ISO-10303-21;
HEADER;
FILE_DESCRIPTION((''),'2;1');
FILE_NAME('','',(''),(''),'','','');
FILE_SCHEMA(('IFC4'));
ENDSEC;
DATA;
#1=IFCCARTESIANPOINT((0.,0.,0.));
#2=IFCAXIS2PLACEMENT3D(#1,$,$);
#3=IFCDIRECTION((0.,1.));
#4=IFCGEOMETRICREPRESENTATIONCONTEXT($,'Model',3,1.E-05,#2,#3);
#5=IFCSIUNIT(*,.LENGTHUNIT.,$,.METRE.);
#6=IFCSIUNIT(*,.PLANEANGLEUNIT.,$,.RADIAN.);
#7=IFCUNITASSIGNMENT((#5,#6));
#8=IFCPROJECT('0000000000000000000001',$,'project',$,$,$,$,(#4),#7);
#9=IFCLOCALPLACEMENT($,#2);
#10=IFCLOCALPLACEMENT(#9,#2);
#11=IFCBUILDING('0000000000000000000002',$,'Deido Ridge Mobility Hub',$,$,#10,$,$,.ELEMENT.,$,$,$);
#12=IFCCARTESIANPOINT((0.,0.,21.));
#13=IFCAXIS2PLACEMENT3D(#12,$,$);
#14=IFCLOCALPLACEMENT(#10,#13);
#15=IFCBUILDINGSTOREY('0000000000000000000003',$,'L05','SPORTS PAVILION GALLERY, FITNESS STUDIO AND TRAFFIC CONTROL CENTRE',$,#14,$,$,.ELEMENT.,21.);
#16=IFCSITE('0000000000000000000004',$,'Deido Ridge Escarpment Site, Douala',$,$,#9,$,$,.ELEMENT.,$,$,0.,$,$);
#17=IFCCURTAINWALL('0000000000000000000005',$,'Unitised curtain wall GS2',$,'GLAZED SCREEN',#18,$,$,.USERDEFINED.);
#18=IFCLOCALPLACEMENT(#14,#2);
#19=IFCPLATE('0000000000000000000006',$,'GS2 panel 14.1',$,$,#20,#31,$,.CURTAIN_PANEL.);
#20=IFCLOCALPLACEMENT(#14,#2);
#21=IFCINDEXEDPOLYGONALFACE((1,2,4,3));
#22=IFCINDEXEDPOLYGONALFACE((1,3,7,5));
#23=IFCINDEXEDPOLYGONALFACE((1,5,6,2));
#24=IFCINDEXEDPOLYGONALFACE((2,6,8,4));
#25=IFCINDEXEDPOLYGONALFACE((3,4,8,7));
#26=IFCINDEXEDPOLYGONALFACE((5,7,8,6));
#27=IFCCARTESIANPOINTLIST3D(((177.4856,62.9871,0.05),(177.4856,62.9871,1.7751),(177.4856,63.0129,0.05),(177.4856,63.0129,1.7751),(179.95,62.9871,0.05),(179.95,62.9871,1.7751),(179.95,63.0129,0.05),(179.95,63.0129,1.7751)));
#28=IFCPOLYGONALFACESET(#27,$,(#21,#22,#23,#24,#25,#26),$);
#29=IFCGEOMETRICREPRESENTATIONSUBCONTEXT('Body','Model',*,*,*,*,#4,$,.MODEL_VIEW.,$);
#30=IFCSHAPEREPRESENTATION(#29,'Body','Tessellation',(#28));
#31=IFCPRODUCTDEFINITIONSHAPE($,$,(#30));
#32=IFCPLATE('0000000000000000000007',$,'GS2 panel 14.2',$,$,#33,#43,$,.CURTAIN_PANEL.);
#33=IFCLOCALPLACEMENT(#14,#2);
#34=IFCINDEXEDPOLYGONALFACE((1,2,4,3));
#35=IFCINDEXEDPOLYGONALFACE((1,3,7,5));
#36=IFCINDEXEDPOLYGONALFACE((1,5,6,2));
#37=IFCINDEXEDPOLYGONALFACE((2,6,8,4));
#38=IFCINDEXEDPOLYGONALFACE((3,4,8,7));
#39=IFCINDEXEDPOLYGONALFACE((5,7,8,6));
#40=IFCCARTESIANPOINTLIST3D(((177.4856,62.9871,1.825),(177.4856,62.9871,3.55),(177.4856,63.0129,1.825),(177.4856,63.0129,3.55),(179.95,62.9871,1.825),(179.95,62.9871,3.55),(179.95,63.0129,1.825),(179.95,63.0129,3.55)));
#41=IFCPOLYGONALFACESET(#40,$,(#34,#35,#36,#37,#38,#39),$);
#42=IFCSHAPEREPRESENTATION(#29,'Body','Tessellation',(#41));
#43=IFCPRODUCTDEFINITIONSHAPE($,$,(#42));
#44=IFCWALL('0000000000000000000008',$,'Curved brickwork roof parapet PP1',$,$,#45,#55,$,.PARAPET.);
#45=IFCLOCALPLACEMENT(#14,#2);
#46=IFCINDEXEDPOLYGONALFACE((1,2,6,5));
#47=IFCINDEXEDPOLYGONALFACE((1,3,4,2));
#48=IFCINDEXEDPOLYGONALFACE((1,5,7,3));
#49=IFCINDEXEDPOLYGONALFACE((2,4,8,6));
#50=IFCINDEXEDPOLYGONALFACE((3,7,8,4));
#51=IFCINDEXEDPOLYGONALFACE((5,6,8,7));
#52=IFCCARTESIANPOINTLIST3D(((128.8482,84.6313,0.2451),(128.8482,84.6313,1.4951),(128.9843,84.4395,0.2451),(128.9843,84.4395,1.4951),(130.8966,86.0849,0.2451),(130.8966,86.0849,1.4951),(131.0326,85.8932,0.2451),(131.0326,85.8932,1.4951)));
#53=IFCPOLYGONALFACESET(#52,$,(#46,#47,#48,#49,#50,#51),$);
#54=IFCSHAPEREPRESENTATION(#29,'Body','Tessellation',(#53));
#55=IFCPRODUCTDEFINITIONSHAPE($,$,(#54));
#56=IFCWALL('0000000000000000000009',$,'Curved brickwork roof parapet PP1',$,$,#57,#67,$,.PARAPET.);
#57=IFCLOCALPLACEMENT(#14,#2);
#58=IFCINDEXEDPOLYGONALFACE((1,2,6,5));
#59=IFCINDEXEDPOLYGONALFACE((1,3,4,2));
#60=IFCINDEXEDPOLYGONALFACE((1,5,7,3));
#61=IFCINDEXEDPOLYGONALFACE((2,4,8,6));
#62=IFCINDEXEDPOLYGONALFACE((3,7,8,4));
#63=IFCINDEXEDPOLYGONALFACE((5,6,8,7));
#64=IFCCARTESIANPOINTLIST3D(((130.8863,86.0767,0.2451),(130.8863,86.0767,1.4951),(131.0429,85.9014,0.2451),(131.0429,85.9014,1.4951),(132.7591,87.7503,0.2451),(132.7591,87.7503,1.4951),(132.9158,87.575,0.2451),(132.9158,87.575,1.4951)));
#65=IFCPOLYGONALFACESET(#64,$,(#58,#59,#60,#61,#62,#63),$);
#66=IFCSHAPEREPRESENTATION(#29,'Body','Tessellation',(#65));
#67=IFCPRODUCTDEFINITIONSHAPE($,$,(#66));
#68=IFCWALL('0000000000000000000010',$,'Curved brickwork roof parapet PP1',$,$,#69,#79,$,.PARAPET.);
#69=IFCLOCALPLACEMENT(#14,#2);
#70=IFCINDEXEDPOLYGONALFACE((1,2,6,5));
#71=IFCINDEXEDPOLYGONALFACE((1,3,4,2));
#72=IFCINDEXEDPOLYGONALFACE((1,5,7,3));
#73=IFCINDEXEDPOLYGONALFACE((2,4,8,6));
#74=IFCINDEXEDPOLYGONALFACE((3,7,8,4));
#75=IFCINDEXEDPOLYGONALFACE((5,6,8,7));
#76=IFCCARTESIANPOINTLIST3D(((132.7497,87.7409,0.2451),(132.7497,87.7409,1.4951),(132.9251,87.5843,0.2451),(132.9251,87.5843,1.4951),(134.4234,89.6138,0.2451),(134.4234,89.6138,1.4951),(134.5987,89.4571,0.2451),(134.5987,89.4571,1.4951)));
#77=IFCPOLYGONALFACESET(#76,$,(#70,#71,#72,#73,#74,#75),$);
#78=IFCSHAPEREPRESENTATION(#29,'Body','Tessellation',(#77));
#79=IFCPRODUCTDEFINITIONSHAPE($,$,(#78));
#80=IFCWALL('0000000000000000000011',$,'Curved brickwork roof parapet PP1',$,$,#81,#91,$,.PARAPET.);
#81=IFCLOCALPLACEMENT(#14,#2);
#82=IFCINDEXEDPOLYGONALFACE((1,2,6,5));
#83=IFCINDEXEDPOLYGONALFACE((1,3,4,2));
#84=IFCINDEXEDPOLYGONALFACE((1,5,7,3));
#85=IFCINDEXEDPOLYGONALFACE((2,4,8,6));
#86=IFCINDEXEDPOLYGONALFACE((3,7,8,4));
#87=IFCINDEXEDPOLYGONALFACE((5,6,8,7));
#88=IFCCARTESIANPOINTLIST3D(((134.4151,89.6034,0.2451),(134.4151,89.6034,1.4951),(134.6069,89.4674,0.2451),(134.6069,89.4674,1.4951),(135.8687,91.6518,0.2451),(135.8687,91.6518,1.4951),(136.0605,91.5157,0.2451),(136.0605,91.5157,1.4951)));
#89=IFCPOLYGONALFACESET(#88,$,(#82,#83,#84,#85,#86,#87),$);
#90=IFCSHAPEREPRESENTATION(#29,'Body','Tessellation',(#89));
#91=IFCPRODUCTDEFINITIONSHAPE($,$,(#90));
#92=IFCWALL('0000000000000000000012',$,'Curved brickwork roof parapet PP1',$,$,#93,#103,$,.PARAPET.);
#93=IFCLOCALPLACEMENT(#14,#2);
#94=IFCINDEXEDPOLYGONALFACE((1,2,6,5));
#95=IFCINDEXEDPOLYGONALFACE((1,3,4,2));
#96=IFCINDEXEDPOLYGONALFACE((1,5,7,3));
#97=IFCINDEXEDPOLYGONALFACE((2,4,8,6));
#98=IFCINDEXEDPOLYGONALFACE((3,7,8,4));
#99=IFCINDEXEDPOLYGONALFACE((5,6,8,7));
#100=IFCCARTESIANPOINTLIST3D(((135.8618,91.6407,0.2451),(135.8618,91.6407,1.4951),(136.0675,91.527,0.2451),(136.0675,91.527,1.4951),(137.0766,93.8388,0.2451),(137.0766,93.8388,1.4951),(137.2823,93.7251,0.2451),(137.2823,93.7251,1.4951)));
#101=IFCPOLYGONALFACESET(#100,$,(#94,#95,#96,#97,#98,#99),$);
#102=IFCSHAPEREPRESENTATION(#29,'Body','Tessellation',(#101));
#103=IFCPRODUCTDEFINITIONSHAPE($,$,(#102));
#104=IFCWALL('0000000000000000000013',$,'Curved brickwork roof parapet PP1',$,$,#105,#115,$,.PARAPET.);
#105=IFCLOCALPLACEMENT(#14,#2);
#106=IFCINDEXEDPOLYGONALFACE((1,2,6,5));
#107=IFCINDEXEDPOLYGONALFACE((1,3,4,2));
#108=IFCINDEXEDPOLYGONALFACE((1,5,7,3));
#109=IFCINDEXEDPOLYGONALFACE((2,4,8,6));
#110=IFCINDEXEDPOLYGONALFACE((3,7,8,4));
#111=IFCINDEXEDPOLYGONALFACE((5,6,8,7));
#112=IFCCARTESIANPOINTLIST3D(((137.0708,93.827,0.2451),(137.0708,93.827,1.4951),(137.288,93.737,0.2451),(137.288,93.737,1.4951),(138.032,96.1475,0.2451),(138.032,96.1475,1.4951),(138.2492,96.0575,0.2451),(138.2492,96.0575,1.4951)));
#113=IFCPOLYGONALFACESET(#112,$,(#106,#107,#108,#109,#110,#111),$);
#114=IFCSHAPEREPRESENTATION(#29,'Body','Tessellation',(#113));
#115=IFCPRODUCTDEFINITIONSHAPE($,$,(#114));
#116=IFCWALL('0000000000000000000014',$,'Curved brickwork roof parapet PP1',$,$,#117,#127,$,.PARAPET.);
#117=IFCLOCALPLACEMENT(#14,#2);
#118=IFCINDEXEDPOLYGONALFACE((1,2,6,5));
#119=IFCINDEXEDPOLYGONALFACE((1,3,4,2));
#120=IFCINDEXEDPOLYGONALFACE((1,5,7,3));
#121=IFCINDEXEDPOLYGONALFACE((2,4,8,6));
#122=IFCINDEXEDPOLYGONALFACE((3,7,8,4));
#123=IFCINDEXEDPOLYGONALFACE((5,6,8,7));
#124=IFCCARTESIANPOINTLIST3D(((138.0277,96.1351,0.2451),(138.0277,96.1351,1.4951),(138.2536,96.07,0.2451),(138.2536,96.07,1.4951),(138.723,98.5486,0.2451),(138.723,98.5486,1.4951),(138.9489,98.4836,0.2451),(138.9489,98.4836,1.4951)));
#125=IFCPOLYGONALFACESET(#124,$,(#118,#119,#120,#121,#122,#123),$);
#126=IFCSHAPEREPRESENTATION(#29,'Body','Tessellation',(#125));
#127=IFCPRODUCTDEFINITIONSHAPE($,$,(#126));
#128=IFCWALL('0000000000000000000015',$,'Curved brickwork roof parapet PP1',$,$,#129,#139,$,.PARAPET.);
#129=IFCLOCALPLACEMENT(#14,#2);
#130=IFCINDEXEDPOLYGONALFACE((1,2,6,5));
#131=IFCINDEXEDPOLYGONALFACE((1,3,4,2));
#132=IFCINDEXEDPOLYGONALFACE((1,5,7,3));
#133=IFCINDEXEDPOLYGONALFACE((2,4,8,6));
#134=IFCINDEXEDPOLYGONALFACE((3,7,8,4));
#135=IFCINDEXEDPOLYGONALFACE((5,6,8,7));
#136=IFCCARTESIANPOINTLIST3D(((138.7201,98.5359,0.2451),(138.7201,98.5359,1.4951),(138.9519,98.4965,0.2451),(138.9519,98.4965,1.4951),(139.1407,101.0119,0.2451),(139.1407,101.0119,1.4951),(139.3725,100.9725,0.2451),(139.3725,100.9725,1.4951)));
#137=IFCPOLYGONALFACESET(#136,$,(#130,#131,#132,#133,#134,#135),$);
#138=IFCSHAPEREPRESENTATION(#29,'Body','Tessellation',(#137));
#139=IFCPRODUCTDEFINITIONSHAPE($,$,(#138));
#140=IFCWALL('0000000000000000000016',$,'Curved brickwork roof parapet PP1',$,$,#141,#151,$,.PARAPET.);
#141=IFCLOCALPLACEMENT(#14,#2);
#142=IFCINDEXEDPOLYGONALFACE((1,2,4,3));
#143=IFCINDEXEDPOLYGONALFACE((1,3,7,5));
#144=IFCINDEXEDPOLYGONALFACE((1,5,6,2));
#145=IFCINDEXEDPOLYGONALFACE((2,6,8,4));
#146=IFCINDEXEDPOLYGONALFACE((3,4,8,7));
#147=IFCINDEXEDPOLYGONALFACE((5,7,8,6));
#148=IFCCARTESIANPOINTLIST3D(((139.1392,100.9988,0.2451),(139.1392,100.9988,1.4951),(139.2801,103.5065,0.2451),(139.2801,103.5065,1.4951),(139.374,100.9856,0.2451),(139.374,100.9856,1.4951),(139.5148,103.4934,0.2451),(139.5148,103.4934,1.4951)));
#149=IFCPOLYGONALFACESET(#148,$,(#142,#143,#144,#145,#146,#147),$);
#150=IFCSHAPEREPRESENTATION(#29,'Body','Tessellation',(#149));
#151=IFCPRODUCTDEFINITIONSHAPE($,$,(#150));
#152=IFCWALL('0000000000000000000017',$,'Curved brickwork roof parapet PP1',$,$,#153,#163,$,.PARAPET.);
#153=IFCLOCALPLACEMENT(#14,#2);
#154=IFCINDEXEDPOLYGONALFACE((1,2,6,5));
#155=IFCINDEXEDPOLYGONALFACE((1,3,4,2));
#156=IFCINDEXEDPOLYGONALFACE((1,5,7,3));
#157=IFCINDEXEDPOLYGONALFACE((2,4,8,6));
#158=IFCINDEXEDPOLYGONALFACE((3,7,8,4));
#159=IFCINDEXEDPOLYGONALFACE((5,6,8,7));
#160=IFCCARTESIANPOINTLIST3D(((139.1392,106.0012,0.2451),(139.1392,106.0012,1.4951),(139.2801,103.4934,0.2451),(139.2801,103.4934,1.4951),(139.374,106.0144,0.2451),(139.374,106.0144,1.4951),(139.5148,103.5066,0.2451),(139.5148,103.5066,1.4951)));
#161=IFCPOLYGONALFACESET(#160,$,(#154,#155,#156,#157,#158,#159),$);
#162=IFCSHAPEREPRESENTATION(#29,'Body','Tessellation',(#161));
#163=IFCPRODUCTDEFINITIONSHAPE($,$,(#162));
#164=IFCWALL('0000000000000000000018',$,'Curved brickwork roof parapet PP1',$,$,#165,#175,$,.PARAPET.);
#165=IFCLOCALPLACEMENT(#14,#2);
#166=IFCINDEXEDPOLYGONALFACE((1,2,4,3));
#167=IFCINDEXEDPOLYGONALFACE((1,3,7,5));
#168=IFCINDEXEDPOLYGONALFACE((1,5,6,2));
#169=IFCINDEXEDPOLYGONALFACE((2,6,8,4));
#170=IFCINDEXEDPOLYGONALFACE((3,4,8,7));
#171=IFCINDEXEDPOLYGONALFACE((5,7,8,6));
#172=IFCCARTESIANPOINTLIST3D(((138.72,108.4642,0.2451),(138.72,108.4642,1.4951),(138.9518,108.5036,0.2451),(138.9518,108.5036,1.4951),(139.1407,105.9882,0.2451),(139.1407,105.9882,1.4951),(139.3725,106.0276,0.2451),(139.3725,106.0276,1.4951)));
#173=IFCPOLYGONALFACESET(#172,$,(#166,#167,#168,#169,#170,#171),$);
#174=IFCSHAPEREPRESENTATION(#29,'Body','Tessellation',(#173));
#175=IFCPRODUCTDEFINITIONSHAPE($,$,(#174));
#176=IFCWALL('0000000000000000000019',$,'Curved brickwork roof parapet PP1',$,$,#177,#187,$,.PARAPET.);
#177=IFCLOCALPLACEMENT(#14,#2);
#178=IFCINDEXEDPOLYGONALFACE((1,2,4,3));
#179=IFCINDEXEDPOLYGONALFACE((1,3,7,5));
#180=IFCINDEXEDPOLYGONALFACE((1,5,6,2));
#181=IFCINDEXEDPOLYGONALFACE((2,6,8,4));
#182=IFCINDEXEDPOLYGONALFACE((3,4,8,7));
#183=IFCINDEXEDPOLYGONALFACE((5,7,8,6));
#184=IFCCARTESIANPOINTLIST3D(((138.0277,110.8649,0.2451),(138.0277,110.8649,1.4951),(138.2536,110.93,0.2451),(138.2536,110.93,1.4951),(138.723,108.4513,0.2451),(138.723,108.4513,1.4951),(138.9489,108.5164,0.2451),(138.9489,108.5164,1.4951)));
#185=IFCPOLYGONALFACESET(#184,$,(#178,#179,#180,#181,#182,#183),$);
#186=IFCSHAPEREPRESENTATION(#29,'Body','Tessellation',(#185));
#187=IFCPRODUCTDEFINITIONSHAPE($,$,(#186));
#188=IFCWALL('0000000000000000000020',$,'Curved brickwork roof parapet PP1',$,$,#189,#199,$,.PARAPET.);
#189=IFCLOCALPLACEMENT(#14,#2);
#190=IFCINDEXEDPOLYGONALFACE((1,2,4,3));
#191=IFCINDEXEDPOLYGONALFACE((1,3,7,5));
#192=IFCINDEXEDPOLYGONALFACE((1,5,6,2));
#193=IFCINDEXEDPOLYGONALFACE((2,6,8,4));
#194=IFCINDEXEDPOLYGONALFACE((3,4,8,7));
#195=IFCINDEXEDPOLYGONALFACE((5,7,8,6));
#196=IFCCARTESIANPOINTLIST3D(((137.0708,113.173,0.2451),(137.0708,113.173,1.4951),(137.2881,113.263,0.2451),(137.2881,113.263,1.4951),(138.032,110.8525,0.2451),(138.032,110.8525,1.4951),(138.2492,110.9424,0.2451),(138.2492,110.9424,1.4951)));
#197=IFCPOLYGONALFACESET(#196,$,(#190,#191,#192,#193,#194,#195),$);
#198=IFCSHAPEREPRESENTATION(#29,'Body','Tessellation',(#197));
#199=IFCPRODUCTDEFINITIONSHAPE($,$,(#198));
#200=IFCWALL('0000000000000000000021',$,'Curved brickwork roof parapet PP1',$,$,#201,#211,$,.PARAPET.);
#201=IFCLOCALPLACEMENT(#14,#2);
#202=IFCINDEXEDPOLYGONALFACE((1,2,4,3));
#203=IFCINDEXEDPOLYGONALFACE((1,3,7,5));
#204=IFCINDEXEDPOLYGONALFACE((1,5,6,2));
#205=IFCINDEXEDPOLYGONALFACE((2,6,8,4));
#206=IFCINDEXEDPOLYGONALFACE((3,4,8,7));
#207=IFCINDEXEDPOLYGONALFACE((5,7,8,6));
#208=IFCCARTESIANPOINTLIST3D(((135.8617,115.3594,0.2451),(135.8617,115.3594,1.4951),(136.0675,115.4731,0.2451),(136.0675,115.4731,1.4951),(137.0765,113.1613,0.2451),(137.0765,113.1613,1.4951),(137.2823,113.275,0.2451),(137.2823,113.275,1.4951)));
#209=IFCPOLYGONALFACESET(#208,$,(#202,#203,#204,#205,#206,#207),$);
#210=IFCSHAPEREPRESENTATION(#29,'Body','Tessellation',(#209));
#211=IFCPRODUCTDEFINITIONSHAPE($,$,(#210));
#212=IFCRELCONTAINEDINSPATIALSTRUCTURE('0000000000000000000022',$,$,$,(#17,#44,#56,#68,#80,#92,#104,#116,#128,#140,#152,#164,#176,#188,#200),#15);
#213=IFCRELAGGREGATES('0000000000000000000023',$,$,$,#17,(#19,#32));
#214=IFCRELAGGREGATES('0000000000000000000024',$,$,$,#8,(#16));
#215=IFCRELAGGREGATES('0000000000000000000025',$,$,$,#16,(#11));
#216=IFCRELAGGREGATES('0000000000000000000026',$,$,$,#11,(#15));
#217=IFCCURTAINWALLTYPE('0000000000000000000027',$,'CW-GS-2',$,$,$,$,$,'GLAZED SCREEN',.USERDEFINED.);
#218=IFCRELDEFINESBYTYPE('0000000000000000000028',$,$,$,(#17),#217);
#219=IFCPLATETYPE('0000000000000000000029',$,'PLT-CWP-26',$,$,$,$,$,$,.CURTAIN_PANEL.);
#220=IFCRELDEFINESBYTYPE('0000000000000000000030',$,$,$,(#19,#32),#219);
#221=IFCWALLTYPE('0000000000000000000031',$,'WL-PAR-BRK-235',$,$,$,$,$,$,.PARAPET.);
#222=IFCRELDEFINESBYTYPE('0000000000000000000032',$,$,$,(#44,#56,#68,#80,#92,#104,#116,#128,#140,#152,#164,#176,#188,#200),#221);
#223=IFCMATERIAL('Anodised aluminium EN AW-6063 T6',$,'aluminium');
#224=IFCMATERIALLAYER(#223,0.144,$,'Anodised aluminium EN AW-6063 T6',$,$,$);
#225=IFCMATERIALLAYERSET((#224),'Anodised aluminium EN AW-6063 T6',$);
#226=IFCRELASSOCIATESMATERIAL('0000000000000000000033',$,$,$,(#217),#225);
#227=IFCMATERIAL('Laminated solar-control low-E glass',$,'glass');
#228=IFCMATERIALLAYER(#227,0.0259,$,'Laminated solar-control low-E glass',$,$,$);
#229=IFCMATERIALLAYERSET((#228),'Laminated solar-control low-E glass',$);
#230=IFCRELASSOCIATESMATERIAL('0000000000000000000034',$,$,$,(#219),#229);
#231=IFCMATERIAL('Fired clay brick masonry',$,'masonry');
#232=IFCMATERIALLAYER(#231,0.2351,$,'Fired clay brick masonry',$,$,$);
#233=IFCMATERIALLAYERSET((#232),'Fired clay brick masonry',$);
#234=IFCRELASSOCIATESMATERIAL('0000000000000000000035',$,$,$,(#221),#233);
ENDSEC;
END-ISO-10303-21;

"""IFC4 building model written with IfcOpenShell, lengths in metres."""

from ifc_helpers import new_model, si_unit, direction, frame, frame_2d, origin, origin_2d, place, context, subcontext, project, spatial, rectangle, extrude, material, layer, layer_set, type_object, element, aggregate, save


model = new_model("IFC4")

# Units and contexts
model_context = context("Model", 3, precision=1e-05, world=origin(), true_north=direction((0.0, 1.0)))
body_context = subcontext(model_context, "Body", "Model", "MODEL_VIEW")
ifc_project = project(units=[si_unit("LENGTHUNIT", "METRE"), si_unit("PLANEANGLEUNIT", "RADIAN")], contexts=[model_context])

# Site, building, storey
site_placement = place(None, origin())
site = spatial("IfcSite", under=ifc_project, at=site_placement, Name="Deido Ridge Escarpment Site, Douala", CompositionType="ELEMENT", RefElevation=0.0)
building_placement = place(site_placement, origin())
building = spatial("IfcBuilding", under=site, at=building_placement, Name="Deido Ridge Mobility Hub", CompositionType="ELEMENT")
storey_placement = place(building_placement, frame((0.0, 0.0, 21.0)))
storey = spatial("IfcBuildingStorey", under=building, at=storey_placement, Name="L05", Description="SPORTS PAVILION GALLERY, FITNESS STUDIO AND TRAFFIC CONTROL CENTRE", CompositionType="ELEMENT", Elevation=21.0)

# Curtain wall, plates
ifc_material_1 = material(Name="Anodised aluminium EN AW-6063 T6", Category="aluminium")
ifc_layer_1 = layer(ifc_material_1, 0.144, Name="Anodised aluminium EN AW-6063 T6")
ifc_layer_set_1 = layer_set([ifc_layer_1], Name="Anodised aluminium EN AW-6063 T6")
curtain_wall_type = type_object("IfcCurtainWallType", Name="CW-GS-2", ElementType="GLAZED SCREEN", PredefinedType="USERDEFINED", material=ifc_layer_set_1)
curtain_wall_placement = place(storey_placement, origin())
curtain_wall = element("IfcCurtainWall", 1, at=curtain_wall_placement, inside=storey, type_object=curtain_wall_type, Name="Unitised curtain wall GS2", ObjectType="GLAZED SCREEN", PredefinedType="USERDEFINED")
ifc_material_2 = material(Name="Laminated solar-control low-E glass", Category="glass")
ifc_layer_2 = layer(ifc_material_2, 0.0259, Name="Laminated solar-control low-E glass")
ifc_layer_set_2 = layer_set([ifc_layer_2], Name="Laminated solar-control low-E glass")
plate_type = type_object("IfcPlateType", Name="PLT-CWP-26", PredefinedType="CURTAIN_PANEL", material=ifc_layer_set_2)
plate_1_placement = place(storey_placement, frame((178.7178, 63.0, 0.05), z_axis=(0.0, 0.0, 1.0), x_axis=(1.0, 0.0, 0.0)))
plate_1 = element("IfcPlate", 2, at=plate_1_placement, type_object=plate_type, Name="GS2 panel 14.1", PredefinedType="CURTAIN_PANEL", context=body_context, shape_type="SweptSolid", body=[
    extrude(rectangle(XDim=2.4644, YDim=0.0259, at=origin_2d()), origin(), (0.0, 0.0, 1.0), 1.7251),
])
plate_2_placement = place(storey_placement, frame((178.7178, 63.0, 1.825), z_axis=(0.0, 0.0, 1.0), x_axis=(1.0, 0.0, 0.0)))
plate_2 = element("IfcPlate", 3, at=plate_2_placement, type_object=plate_type, Name="GS2 panel 14.2", PredefinedType="CURTAIN_PANEL", context=body_context, shape_type="SweptSolid", body=[
    extrude(rectangle(XDim=2.4644, YDim=0.0259, at=origin_2d()), origin(), (0.0, 0.0, 1.0), 1.7251),
])
aggregate(curtain_wall, [plate_1, plate_2])

# Walls
ifc_material_3 = material(Name="Fired clay brick masonry", Category="masonry")
ifc_layer_3 = layer(ifc_material_3, 0.2351, Name="Fired clay brick masonry")
ifc_layer_set_3 = layer_set([ifc_layer_3], Name="Fired clay brick masonry")
wall_type = type_object("IfcWallType", Name="WL-PAR-BRK-235", PredefinedType="PARAPET", material=ifc_layer_set_3)
for number, where, z_axis, x_axis, name in (
    (4, (128.9163, 84.5354, 0.2451), (0.0, 0.0, 1.0), (0.815516, 0.578734, 0.0), "Curved brickwork roof parapet PP1"),
    (5, (130.9646, 85.989, 0.2451), (0.0, 0.0, 1.0), (0.745653, 0.666334, 0.0), "Curved brickwork roof parapet PP1"),
    (6, (132.8374, 87.6626, 0.2451), (0.0, 0.0, 1.0), (0.666334, 0.745653, 0.0), "Curved brickwork roof parapet PP1"),
    (7, (134.511, 89.5354, 0.2451), (0.0, 0.0, 1.0), (0.578734, 0.815516, 0.0), "Curved brickwork roof parapet PP1"),
):
    element("IfcWall", number, at=place(storey_placement, frame(where, z_axis=z_axis, x_axis=x_axis)), inside=storey, type_object=wall_type, Name=name, PredefinedType="PARAPET", context=body_context, shape_type="SweptSolid", body=[
        extrude(rectangle(XDim=2.5117, YDim=0.2351, at=frame_2d((1.2559, 0.0))), origin(), (0.0, 0.0, 1.0), 1.25),
    ])
wall_1_placement = place(storey_placement, frame((135.9646, 91.5837, 0.2451), z_axis=(0.0, 0.0, 1.0), x_axis=(0.483694, 0.875237, 0.0)))
element("IfcWall", 8, at=wall_1_placement, inside=storey, type_object=wall_type, Name="Curved brickwork roof parapet PP1", PredefinedType="PARAPET", context=body_context, shape_type="SweptSolid", body=[
    extrude(rectangle(XDim=2.5115, YDim=0.2351, at=frame_2d((1.2559, 0.0))), origin(), (0.0, 0.0, 1.0), 1.25),
])
for number, where, z_axis, x_axis, name in (
    (9, (137.1794, 93.782, 0.2451), (0.0, 0.0, 1.0), (0.382675, 0.923883, 0.0), "Curved brickwork roof parapet PP1"),
    (10, (138.1406, 96.1025, 0.2451), (0.0, 0.0, 1.0), (0.276826, 0.96092, 0.0), "Curved brickwork roof parapet PP1"),
):
    element("IfcWall", number, at=place(storey_placement, frame(where, z_axis=z_axis, x_axis=x_axis)), inside=storey, type_object=wall_type, Name=name, PredefinedType="PARAPET", context=body_context, shape_type="SweptSolid", body=[
        extrude(rectangle(XDim=2.5117, YDim=0.2351, at=frame_2d((1.2559, 0.0))), origin(), (0.0, 0.0, 1.0), 1.25),
    ])
wall_2_placement = place(storey_placement, frame((138.8359, 98.5161, 0.2451), z_axis=(0.0, 0.0, 1.0), x_axis=(0.167488, 0.985874, 0.0)))
element("IfcWall", 11, at=wall_2_placement, inside=storey, type_object=wall_type, Name="Curved brickwork roof parapet PP1", PredefinedType="PARAPET", context=body_context, shape_type="SweptSolid", body=[
    extrude(rectangle(XDim=2.5115, YDim=0.2351, at=frame_2d((1.2559, 0.0))), origin(), (0.0, 0.0, 1.0), 1.25),
])
for number, where, z_axis, x_axis, name in (
    (12, (139.2566, 100.9922, 0.2451), (0.0, 0.0, 1.0), (0.056084, 0.998426, 0.0), "Curved brickwork roof parapet PP1"),
    (13, (139.3975, 103.5, 0.2451), (0.0, 0.0, 1.0), (-0.056084, 0.998426, 0.0), "Curved brickwork roof parapet PP1"),
):
    element("IfcWall", number, at=place(storey_placement, frame(where, z_axis=z_axis, x_axis=x_axis)), inside=storey, type_object=wall_type, Name=name, PredefinedType="PARAPET", context=body_context, shape_type="SweptSolid", body=[
        extrude(rectangle(XDim=2.5117, YDim=0.2351, at=frame_2d((1.2559, 0.0))), origin(), (0.0, 0.0, 1.0), 1.25),
    ])
wall_3_placement = place(storey_placement, frame((139.2566, 106.0078, 0.2451), z_axis=(0.0, 0.0, 1.0), x_axis=(-0.167488, 0.985874, 0.0)))
element("IfcWall", 14, at=wall_3_placement, inside=storey, type_object=wall_type, Name="Curved brickwork roof parapet PP1", PredefinedType="PARAPET", context=body_context, shape_type="SweptSolid", body=[
    extrude(rectangle(XDim=2.5115, YDim=0.2351, at=frame_2d((1.2559, 0.0))), origin(), (0.0, 0.0, 1.0), 1.25),
])
for number, where, z_axis, x_axis, name in (
    (15, (138.8359, 108.4839, 0.2451), (0.0, 0.0, 1.0), (-0.276826, 0.96092, 0.0), "Curved brickwork roof parapet PP1"),
    (16, (138.1406, 110.8975, 0.2451), (0.0, 0.0, 1.0), (-0.382675, 0.923883, 0.0), "Curved brickwork roof parapet PP1"),
):
    element("IfcWall", number, at=place(storey_placement, frame(where, z_axis=z_axis, x_axis=x_axis)), inside=storey, type_object=wall_type, Name=name, PredefinedType="PARAPET", context=body_context, shape_type="SweptSolid", body=[
        extrude(rectangle(XDim=2.5117, YDim=0.2351, at=frame_2d((1.2559, 0.0))), origin(), (0.0, 0.0, 1.0), 1.25),
    ])
wall_4_placement = place(storey_placement, frame((137.1794, 113.218, 0.2451), z_axis=(0.0, 0.0, 1.0), x_axis=(-0.483694, 0.875237, 0.0)))
element("IfcWall", 17, at=wall_4_placement, inside=storey, type_object=wall_type, Name="Curved brickwork roof parapet PP1", PredefinedType="PARAPET", context=body_context, shape_type="SweptSolid", body=[
    extrude(rectangle(XDim=2.5115, YDim=0.2351, at=frame_2d((1.2559, 0.0))), origin(), (0.0, 0.0, 1.0), 1.25),
])

save(model, "model.ifc")
